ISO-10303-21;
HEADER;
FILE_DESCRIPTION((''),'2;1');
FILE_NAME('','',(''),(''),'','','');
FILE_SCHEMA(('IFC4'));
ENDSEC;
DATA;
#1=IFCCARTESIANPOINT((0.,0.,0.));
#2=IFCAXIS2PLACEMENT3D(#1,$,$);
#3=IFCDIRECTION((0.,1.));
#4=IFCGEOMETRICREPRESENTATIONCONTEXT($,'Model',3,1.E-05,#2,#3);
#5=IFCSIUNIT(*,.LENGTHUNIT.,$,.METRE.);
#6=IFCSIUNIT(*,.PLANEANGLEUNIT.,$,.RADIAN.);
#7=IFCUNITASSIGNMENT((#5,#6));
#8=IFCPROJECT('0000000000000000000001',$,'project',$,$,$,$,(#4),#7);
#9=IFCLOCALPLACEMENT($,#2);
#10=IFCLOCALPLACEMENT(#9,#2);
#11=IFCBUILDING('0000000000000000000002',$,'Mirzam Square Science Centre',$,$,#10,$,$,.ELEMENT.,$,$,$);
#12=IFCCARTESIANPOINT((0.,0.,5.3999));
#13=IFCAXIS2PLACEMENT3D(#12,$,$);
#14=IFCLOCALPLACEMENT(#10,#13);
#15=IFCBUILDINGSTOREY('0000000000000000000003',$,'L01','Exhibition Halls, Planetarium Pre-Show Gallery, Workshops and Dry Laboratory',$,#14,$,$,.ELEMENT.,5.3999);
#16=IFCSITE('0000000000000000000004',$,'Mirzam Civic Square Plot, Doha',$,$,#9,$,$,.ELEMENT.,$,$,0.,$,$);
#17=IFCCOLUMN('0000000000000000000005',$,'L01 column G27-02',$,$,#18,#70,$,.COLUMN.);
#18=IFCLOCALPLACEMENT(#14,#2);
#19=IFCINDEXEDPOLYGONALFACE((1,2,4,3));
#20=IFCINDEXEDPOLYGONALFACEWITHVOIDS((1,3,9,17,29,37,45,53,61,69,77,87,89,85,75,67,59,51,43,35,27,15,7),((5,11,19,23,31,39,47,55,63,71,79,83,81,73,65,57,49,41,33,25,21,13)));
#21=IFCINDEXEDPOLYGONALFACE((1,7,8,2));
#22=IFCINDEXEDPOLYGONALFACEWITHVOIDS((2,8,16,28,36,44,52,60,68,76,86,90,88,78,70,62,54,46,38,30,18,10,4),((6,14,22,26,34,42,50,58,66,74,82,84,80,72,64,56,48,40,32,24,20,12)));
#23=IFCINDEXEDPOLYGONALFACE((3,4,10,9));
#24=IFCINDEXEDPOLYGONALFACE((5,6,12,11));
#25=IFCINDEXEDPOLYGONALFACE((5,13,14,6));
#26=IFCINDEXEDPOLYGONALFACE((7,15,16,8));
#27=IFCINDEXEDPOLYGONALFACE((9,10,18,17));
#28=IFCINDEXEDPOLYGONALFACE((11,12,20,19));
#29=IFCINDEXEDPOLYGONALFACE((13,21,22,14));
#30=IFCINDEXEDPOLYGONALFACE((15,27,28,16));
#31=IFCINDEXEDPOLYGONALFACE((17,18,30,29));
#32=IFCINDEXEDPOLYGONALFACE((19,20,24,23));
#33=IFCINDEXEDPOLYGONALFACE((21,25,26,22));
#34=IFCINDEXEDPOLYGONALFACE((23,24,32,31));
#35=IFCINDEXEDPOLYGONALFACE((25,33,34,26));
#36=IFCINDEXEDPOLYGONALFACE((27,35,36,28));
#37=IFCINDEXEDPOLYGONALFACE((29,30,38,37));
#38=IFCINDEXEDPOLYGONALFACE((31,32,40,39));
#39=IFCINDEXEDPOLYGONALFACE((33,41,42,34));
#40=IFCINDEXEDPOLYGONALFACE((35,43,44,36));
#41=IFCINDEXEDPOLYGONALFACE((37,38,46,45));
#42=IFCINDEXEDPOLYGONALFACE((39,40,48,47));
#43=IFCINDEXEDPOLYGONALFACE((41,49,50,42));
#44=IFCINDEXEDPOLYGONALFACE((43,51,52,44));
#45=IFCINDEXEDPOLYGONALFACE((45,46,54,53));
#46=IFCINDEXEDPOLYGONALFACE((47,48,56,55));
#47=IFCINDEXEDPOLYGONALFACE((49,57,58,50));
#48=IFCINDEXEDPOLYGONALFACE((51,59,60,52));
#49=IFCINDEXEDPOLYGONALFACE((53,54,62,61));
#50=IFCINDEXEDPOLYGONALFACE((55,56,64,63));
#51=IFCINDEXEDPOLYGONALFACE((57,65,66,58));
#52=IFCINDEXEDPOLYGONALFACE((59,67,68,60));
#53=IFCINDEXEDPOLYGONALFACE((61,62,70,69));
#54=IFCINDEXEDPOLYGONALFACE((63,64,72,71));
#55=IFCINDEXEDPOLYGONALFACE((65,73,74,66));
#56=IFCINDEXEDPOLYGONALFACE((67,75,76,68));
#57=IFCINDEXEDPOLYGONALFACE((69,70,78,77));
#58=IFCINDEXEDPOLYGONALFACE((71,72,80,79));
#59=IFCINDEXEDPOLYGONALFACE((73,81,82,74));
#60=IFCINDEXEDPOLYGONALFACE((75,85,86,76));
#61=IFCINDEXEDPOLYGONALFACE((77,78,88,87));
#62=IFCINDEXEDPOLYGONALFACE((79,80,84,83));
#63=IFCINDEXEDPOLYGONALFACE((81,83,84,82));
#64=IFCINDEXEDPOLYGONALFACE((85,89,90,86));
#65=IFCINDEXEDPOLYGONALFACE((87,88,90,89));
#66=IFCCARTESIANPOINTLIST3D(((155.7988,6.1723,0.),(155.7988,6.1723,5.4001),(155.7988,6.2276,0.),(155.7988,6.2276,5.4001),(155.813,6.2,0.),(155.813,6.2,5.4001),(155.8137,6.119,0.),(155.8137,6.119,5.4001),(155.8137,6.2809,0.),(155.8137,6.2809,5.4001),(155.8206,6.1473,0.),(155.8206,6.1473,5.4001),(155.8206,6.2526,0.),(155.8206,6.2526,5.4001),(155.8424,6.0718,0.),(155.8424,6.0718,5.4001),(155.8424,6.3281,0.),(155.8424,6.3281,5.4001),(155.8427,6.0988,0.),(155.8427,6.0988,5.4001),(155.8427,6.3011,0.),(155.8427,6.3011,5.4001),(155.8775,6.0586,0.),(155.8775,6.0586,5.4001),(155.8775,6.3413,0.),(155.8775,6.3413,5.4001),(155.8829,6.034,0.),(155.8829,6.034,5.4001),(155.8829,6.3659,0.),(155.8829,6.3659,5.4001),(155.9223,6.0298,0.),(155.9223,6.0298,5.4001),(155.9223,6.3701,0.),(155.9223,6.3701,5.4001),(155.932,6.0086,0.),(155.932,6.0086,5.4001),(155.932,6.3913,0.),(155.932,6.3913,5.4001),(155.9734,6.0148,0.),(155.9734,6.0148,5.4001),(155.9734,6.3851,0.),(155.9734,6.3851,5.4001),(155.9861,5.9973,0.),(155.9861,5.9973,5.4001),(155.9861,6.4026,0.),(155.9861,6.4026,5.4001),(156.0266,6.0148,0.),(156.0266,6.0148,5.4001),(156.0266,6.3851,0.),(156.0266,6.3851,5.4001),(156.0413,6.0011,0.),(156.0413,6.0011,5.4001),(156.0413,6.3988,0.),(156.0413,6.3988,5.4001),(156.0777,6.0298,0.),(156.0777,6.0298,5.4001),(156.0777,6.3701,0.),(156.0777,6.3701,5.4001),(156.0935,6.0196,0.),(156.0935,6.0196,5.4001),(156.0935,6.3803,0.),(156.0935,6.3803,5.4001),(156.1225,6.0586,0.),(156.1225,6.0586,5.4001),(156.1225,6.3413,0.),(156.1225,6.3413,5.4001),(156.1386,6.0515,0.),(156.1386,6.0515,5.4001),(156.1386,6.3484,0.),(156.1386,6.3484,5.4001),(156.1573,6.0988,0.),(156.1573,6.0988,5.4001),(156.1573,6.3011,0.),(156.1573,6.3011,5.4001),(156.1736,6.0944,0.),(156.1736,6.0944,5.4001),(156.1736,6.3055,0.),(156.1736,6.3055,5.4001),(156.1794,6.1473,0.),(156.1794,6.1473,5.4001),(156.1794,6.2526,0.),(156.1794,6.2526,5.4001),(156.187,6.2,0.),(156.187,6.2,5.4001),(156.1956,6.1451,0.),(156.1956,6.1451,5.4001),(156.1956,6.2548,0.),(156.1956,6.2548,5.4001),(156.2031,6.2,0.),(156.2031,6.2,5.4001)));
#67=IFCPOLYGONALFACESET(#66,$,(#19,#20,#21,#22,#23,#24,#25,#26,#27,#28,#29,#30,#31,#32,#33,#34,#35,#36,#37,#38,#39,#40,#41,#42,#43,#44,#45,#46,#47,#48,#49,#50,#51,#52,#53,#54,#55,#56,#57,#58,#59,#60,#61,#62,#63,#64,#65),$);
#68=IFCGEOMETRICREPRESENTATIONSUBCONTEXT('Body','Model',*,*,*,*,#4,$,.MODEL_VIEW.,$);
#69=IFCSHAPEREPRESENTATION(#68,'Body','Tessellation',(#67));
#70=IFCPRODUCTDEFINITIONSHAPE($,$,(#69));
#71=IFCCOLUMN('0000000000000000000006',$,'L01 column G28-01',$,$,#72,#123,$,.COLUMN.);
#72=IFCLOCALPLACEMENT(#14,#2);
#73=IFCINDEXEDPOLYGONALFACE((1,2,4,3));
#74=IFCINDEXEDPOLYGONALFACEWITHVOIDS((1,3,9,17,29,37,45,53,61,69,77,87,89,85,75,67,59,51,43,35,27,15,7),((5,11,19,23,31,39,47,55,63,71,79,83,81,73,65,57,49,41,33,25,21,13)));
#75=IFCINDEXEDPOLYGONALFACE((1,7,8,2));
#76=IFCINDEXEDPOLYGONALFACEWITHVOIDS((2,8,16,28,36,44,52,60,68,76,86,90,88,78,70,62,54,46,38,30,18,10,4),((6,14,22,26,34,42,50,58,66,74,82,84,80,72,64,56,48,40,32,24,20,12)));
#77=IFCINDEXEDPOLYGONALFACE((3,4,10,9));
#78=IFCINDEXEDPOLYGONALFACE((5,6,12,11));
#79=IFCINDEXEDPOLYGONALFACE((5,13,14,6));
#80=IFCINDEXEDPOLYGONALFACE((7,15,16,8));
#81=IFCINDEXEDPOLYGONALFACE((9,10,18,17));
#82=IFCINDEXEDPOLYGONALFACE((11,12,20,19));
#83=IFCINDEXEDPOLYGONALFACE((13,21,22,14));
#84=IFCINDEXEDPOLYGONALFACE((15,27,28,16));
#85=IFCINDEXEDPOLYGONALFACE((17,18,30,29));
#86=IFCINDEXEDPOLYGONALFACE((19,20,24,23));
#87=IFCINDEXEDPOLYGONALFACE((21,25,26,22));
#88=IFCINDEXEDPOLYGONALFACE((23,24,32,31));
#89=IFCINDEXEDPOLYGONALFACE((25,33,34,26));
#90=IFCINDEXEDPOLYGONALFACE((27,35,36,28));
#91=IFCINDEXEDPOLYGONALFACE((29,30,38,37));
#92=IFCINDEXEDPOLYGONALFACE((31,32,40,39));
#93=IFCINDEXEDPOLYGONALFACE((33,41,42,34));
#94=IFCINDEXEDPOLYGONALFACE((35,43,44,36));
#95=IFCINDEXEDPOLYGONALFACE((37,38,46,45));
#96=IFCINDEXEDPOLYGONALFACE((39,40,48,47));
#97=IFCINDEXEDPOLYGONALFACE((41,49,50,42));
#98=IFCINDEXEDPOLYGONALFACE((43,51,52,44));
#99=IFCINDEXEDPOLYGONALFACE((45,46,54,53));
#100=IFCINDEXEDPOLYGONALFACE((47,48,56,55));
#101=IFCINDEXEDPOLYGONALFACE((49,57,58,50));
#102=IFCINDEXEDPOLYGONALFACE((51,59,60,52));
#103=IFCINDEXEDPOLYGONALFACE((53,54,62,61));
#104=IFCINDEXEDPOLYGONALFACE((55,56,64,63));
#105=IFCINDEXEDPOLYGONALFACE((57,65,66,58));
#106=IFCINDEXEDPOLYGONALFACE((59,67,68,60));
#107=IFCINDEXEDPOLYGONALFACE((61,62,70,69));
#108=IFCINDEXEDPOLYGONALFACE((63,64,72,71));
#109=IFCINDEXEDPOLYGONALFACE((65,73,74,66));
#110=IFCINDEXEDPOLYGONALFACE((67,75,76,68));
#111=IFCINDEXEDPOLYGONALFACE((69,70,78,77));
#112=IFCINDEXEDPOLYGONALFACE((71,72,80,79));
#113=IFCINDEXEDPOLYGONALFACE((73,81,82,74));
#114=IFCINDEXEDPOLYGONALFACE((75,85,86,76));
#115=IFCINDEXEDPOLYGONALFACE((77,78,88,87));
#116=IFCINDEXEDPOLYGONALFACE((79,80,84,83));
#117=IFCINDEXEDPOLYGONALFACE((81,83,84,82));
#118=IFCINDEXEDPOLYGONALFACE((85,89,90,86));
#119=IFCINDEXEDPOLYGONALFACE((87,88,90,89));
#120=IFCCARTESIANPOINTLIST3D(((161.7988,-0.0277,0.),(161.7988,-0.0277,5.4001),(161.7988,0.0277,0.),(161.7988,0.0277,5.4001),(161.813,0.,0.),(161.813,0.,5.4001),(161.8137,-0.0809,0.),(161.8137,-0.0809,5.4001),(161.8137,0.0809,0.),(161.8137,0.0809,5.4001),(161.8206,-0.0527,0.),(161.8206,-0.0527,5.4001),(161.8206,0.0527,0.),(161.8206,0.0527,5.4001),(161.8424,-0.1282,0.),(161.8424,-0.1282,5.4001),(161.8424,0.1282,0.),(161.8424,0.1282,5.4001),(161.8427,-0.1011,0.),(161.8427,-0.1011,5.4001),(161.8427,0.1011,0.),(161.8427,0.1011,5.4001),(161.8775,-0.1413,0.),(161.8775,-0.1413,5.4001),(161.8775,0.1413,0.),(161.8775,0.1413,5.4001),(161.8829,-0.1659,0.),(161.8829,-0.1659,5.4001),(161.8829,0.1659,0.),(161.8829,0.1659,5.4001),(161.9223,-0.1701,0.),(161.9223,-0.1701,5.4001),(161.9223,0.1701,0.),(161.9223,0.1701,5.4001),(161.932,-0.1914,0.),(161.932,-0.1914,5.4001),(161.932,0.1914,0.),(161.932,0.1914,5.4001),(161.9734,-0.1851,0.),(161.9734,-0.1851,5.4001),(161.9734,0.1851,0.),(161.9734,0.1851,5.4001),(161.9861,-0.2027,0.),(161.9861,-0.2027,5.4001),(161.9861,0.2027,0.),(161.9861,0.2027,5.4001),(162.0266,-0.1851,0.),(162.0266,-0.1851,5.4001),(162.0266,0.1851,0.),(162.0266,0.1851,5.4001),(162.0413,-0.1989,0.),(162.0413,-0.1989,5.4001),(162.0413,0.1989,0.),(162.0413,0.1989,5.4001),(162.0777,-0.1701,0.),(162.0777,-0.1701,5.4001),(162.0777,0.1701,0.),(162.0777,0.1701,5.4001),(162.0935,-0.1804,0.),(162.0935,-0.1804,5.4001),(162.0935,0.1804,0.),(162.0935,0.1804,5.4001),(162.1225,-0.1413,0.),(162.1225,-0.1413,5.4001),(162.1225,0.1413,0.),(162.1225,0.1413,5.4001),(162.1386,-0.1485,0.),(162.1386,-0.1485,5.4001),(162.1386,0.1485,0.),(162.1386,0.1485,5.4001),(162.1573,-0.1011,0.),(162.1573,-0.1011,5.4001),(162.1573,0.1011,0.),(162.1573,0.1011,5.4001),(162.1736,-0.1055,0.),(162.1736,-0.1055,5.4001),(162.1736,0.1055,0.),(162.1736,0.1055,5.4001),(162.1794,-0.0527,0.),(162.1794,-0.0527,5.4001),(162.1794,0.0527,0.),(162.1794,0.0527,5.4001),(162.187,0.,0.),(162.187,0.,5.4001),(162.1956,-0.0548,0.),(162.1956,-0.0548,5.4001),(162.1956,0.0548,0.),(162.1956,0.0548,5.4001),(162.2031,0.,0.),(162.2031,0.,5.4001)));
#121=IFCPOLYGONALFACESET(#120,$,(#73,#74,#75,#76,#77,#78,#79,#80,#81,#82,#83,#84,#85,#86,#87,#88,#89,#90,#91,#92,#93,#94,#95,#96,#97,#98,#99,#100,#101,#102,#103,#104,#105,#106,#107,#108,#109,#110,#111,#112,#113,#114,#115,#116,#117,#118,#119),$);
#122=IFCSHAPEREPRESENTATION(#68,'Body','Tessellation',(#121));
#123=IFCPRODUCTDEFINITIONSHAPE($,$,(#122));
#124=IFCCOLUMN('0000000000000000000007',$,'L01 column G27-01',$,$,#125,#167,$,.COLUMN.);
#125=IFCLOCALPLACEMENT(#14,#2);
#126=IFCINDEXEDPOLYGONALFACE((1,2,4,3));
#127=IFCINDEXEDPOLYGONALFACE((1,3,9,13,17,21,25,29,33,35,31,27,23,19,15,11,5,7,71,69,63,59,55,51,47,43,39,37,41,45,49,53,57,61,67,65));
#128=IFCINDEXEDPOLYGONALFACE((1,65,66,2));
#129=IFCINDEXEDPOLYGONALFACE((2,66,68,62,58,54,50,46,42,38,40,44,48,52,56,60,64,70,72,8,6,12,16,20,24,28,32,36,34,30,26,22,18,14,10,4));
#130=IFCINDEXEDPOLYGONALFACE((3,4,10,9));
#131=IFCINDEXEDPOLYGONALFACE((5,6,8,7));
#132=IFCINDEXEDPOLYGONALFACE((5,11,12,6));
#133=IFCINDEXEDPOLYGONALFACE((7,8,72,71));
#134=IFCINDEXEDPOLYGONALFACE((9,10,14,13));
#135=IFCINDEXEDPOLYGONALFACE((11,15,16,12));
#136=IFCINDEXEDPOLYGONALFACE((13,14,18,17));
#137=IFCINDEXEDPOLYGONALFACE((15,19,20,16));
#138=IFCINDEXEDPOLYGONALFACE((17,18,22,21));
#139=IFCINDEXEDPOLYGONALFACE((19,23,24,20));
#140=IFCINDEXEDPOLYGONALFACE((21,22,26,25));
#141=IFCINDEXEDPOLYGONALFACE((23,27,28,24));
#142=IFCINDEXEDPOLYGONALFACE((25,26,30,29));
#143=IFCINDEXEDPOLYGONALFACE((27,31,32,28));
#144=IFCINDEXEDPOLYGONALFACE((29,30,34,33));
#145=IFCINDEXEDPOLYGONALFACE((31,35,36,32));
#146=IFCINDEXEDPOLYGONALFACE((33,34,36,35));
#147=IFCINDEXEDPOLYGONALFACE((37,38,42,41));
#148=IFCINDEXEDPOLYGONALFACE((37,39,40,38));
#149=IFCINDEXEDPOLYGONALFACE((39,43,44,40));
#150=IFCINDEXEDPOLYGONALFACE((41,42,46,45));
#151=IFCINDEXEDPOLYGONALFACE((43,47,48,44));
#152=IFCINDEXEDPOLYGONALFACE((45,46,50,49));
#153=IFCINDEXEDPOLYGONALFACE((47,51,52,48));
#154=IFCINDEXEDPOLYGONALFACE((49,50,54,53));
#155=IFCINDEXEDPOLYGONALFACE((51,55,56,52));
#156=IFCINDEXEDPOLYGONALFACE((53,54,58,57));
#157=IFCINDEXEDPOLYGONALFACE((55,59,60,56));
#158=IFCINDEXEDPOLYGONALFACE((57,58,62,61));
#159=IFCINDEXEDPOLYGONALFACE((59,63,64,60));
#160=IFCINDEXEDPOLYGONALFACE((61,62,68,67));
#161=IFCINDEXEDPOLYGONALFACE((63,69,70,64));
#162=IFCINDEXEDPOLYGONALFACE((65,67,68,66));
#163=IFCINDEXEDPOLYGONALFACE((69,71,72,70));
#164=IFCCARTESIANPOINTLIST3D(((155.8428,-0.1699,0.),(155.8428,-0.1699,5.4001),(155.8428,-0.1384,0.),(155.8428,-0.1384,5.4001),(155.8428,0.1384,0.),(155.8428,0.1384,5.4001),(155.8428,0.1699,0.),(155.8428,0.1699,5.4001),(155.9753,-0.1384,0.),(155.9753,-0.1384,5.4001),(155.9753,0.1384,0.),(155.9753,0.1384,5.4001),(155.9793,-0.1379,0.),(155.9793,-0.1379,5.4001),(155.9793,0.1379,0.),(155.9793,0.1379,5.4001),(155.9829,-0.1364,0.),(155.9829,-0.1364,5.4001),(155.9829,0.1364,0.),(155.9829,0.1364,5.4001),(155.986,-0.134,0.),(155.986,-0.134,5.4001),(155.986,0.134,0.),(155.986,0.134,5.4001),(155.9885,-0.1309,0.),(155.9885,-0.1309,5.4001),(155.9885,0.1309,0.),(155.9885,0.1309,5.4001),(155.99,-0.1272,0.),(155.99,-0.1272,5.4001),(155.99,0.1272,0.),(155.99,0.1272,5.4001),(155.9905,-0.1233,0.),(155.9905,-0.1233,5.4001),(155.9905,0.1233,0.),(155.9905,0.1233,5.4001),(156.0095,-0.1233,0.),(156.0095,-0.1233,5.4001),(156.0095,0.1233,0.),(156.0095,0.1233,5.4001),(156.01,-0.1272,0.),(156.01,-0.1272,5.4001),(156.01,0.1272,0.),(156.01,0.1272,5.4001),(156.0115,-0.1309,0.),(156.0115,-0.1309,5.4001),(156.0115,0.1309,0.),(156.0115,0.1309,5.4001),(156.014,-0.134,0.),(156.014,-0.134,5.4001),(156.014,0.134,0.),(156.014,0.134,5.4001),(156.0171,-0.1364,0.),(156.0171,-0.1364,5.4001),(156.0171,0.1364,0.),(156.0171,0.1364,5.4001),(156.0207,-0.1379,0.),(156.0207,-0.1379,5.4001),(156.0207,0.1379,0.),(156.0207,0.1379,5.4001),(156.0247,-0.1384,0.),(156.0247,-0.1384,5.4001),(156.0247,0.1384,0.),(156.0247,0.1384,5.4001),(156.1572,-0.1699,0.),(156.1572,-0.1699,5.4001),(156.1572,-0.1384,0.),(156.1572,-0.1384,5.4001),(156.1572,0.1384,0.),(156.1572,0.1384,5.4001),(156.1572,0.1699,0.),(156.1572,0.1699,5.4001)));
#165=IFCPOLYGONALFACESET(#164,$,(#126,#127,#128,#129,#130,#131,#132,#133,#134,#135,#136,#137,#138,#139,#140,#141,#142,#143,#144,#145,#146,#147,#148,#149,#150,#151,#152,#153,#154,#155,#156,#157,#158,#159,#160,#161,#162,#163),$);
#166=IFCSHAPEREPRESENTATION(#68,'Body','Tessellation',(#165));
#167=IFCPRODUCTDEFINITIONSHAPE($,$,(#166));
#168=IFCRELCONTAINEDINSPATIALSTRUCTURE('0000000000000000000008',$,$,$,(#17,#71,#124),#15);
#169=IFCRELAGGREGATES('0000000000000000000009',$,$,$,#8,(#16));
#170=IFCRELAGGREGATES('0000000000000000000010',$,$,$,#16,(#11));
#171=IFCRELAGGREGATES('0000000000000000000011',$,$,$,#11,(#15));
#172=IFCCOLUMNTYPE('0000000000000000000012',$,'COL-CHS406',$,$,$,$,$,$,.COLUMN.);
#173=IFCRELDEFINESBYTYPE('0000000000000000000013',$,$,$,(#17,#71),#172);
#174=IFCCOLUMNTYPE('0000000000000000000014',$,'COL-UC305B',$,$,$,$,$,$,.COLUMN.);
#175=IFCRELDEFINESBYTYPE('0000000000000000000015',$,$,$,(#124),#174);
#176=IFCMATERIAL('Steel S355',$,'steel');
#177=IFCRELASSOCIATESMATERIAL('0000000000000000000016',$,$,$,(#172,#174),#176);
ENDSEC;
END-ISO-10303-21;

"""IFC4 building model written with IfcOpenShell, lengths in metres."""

from ifc_helpers import new_model, si_unit, direction, frame, origin, origin_2d, place, context, subcontext, project, spatial, hollow_circle, i_section, extrude, material, material_profile, profile_set, type_object, element, save


model = new_model("IFC4")

# Units and contexts
model_context = context("Model", 3, precision=1e-05, world=origin(), true_north=direction((0.0, 1.0)))
body_context = subcontext(model_context, "Body", "Model", "MODEL_VIEW")
ifc_project = project(units=[si_unit("LENGTHUNIT", "METRE"), si_unit("PLANEANGLEUNIT", "RADIAN")], contexts=[model_context])

# Site, building, storey
site_placement = place(None, origin())
site = spatial("IfcSite", under=ifc_project, at=site_placement, Name="Mirzam Civic Square Plot, Doha", CompositionType="ELEMENT", RefElevation=0.0)
building_placement = place(site_placement, origin())
building = spatial("IfcBuilding", under=site, at=building_placement, Name="Mirzam Square Science Centre", CompositionType="ELEMENT")
storey_placement = place(building_placement, frame((0.0, 0.0, 5.3999)))
storey = spatial("IfcBuildingStorey", under=building, at=storey_placement, Name="L01", Description="Exhibition Halls, Planetarium Pre-Show Gallery, Workshops and Dry Laboratory", CompositionType="ELEMENT", Elevation=5.3999)

# Columns
ifc_material_1 = material(Name="Steel S355", Category="steel")
ifc_material_profile_1 = material_profile(ifc_material_1, hollow_circle(Radius=0.2031, WallThickness=0.0161, at=origin_2d()), Name="406.4x16.0CHS")
ifc_profile_set_1 = profile_set([ifc_material_profile_1], Name="Steel S355")
column_type_1 = type_object("IfcColumnType", Name="COL-CHS406", PredefinedType="COLUMN", material=ifc_profile_set_1)
for number, where, z_axis, x_axis, name in (
    (1, (156.0, 6.2, 0.0), (0.0, 0.0, 1.0), (1.0, 0.0, 0.0), "L01 column G27-02"),
    (2, (162.0, 0.0, 0.0), (0.0, 0.0, 1.0), (1.0, 0.0, 0.0), "L01 column G28-01"),
):
    element("IfcColumn", number, at=place(storey_placement, frame(where, z_axis=z_axis, x_axis=x_axis)), inside=storey, type_object=column_type_1, Name=name, PredefinedType="COLUMN", context=body_context, shape_type="SweptSolid", body=[
        extrude(hollow_circle(Radius=0.2031, WallThickness=0.0161, at=origin_2d()), origin(), (0.0, 0.0, 1.0), 5.4001),
    ])
ifc_material_profile_2 = material_profile(ifc_material_1, i_section(OverallWidth=0.3145, OverallDepth=0.3398, WebThickness=0.019, FlangeThickness=0.0315, FilletRadius=0.0151, at=origin_2d()), Name="305x305x198UC")
ifc_profile_set_2 = profile_set([ifc_material_profile_2], Name="Steel S355")
column_type_2 = type_object("IfcColumnType", Name="COL-UC305B", PredefinedType="COLUMN", material=ifc_profile_set_2)
column_1_placement = place(storey_placement, frame((156.0, 0.0, 0.0), z_axis=(0.0, 0.0, 1.0), x_axis=(1.0, 0.0, 0.0)))
element("IfcColumn", 3, at=column_1_placement, inside=storey, type_object=column_type_2, Name="L01 column G27-01", PredefinedType="COLUMN", context=body_context, shape_type="SweptSolid", body=[
    extrude(i_section(OverallWidth=0.3145, OverallDepth=0.3398, WebThickness=0.019, FlangeThickness=0.0315, FilletRadius=0.0151, at=origin_2d()), origin(), (0.0, 0.0, 1.0), 5.4001),
])

save(model, "model.ifc")
